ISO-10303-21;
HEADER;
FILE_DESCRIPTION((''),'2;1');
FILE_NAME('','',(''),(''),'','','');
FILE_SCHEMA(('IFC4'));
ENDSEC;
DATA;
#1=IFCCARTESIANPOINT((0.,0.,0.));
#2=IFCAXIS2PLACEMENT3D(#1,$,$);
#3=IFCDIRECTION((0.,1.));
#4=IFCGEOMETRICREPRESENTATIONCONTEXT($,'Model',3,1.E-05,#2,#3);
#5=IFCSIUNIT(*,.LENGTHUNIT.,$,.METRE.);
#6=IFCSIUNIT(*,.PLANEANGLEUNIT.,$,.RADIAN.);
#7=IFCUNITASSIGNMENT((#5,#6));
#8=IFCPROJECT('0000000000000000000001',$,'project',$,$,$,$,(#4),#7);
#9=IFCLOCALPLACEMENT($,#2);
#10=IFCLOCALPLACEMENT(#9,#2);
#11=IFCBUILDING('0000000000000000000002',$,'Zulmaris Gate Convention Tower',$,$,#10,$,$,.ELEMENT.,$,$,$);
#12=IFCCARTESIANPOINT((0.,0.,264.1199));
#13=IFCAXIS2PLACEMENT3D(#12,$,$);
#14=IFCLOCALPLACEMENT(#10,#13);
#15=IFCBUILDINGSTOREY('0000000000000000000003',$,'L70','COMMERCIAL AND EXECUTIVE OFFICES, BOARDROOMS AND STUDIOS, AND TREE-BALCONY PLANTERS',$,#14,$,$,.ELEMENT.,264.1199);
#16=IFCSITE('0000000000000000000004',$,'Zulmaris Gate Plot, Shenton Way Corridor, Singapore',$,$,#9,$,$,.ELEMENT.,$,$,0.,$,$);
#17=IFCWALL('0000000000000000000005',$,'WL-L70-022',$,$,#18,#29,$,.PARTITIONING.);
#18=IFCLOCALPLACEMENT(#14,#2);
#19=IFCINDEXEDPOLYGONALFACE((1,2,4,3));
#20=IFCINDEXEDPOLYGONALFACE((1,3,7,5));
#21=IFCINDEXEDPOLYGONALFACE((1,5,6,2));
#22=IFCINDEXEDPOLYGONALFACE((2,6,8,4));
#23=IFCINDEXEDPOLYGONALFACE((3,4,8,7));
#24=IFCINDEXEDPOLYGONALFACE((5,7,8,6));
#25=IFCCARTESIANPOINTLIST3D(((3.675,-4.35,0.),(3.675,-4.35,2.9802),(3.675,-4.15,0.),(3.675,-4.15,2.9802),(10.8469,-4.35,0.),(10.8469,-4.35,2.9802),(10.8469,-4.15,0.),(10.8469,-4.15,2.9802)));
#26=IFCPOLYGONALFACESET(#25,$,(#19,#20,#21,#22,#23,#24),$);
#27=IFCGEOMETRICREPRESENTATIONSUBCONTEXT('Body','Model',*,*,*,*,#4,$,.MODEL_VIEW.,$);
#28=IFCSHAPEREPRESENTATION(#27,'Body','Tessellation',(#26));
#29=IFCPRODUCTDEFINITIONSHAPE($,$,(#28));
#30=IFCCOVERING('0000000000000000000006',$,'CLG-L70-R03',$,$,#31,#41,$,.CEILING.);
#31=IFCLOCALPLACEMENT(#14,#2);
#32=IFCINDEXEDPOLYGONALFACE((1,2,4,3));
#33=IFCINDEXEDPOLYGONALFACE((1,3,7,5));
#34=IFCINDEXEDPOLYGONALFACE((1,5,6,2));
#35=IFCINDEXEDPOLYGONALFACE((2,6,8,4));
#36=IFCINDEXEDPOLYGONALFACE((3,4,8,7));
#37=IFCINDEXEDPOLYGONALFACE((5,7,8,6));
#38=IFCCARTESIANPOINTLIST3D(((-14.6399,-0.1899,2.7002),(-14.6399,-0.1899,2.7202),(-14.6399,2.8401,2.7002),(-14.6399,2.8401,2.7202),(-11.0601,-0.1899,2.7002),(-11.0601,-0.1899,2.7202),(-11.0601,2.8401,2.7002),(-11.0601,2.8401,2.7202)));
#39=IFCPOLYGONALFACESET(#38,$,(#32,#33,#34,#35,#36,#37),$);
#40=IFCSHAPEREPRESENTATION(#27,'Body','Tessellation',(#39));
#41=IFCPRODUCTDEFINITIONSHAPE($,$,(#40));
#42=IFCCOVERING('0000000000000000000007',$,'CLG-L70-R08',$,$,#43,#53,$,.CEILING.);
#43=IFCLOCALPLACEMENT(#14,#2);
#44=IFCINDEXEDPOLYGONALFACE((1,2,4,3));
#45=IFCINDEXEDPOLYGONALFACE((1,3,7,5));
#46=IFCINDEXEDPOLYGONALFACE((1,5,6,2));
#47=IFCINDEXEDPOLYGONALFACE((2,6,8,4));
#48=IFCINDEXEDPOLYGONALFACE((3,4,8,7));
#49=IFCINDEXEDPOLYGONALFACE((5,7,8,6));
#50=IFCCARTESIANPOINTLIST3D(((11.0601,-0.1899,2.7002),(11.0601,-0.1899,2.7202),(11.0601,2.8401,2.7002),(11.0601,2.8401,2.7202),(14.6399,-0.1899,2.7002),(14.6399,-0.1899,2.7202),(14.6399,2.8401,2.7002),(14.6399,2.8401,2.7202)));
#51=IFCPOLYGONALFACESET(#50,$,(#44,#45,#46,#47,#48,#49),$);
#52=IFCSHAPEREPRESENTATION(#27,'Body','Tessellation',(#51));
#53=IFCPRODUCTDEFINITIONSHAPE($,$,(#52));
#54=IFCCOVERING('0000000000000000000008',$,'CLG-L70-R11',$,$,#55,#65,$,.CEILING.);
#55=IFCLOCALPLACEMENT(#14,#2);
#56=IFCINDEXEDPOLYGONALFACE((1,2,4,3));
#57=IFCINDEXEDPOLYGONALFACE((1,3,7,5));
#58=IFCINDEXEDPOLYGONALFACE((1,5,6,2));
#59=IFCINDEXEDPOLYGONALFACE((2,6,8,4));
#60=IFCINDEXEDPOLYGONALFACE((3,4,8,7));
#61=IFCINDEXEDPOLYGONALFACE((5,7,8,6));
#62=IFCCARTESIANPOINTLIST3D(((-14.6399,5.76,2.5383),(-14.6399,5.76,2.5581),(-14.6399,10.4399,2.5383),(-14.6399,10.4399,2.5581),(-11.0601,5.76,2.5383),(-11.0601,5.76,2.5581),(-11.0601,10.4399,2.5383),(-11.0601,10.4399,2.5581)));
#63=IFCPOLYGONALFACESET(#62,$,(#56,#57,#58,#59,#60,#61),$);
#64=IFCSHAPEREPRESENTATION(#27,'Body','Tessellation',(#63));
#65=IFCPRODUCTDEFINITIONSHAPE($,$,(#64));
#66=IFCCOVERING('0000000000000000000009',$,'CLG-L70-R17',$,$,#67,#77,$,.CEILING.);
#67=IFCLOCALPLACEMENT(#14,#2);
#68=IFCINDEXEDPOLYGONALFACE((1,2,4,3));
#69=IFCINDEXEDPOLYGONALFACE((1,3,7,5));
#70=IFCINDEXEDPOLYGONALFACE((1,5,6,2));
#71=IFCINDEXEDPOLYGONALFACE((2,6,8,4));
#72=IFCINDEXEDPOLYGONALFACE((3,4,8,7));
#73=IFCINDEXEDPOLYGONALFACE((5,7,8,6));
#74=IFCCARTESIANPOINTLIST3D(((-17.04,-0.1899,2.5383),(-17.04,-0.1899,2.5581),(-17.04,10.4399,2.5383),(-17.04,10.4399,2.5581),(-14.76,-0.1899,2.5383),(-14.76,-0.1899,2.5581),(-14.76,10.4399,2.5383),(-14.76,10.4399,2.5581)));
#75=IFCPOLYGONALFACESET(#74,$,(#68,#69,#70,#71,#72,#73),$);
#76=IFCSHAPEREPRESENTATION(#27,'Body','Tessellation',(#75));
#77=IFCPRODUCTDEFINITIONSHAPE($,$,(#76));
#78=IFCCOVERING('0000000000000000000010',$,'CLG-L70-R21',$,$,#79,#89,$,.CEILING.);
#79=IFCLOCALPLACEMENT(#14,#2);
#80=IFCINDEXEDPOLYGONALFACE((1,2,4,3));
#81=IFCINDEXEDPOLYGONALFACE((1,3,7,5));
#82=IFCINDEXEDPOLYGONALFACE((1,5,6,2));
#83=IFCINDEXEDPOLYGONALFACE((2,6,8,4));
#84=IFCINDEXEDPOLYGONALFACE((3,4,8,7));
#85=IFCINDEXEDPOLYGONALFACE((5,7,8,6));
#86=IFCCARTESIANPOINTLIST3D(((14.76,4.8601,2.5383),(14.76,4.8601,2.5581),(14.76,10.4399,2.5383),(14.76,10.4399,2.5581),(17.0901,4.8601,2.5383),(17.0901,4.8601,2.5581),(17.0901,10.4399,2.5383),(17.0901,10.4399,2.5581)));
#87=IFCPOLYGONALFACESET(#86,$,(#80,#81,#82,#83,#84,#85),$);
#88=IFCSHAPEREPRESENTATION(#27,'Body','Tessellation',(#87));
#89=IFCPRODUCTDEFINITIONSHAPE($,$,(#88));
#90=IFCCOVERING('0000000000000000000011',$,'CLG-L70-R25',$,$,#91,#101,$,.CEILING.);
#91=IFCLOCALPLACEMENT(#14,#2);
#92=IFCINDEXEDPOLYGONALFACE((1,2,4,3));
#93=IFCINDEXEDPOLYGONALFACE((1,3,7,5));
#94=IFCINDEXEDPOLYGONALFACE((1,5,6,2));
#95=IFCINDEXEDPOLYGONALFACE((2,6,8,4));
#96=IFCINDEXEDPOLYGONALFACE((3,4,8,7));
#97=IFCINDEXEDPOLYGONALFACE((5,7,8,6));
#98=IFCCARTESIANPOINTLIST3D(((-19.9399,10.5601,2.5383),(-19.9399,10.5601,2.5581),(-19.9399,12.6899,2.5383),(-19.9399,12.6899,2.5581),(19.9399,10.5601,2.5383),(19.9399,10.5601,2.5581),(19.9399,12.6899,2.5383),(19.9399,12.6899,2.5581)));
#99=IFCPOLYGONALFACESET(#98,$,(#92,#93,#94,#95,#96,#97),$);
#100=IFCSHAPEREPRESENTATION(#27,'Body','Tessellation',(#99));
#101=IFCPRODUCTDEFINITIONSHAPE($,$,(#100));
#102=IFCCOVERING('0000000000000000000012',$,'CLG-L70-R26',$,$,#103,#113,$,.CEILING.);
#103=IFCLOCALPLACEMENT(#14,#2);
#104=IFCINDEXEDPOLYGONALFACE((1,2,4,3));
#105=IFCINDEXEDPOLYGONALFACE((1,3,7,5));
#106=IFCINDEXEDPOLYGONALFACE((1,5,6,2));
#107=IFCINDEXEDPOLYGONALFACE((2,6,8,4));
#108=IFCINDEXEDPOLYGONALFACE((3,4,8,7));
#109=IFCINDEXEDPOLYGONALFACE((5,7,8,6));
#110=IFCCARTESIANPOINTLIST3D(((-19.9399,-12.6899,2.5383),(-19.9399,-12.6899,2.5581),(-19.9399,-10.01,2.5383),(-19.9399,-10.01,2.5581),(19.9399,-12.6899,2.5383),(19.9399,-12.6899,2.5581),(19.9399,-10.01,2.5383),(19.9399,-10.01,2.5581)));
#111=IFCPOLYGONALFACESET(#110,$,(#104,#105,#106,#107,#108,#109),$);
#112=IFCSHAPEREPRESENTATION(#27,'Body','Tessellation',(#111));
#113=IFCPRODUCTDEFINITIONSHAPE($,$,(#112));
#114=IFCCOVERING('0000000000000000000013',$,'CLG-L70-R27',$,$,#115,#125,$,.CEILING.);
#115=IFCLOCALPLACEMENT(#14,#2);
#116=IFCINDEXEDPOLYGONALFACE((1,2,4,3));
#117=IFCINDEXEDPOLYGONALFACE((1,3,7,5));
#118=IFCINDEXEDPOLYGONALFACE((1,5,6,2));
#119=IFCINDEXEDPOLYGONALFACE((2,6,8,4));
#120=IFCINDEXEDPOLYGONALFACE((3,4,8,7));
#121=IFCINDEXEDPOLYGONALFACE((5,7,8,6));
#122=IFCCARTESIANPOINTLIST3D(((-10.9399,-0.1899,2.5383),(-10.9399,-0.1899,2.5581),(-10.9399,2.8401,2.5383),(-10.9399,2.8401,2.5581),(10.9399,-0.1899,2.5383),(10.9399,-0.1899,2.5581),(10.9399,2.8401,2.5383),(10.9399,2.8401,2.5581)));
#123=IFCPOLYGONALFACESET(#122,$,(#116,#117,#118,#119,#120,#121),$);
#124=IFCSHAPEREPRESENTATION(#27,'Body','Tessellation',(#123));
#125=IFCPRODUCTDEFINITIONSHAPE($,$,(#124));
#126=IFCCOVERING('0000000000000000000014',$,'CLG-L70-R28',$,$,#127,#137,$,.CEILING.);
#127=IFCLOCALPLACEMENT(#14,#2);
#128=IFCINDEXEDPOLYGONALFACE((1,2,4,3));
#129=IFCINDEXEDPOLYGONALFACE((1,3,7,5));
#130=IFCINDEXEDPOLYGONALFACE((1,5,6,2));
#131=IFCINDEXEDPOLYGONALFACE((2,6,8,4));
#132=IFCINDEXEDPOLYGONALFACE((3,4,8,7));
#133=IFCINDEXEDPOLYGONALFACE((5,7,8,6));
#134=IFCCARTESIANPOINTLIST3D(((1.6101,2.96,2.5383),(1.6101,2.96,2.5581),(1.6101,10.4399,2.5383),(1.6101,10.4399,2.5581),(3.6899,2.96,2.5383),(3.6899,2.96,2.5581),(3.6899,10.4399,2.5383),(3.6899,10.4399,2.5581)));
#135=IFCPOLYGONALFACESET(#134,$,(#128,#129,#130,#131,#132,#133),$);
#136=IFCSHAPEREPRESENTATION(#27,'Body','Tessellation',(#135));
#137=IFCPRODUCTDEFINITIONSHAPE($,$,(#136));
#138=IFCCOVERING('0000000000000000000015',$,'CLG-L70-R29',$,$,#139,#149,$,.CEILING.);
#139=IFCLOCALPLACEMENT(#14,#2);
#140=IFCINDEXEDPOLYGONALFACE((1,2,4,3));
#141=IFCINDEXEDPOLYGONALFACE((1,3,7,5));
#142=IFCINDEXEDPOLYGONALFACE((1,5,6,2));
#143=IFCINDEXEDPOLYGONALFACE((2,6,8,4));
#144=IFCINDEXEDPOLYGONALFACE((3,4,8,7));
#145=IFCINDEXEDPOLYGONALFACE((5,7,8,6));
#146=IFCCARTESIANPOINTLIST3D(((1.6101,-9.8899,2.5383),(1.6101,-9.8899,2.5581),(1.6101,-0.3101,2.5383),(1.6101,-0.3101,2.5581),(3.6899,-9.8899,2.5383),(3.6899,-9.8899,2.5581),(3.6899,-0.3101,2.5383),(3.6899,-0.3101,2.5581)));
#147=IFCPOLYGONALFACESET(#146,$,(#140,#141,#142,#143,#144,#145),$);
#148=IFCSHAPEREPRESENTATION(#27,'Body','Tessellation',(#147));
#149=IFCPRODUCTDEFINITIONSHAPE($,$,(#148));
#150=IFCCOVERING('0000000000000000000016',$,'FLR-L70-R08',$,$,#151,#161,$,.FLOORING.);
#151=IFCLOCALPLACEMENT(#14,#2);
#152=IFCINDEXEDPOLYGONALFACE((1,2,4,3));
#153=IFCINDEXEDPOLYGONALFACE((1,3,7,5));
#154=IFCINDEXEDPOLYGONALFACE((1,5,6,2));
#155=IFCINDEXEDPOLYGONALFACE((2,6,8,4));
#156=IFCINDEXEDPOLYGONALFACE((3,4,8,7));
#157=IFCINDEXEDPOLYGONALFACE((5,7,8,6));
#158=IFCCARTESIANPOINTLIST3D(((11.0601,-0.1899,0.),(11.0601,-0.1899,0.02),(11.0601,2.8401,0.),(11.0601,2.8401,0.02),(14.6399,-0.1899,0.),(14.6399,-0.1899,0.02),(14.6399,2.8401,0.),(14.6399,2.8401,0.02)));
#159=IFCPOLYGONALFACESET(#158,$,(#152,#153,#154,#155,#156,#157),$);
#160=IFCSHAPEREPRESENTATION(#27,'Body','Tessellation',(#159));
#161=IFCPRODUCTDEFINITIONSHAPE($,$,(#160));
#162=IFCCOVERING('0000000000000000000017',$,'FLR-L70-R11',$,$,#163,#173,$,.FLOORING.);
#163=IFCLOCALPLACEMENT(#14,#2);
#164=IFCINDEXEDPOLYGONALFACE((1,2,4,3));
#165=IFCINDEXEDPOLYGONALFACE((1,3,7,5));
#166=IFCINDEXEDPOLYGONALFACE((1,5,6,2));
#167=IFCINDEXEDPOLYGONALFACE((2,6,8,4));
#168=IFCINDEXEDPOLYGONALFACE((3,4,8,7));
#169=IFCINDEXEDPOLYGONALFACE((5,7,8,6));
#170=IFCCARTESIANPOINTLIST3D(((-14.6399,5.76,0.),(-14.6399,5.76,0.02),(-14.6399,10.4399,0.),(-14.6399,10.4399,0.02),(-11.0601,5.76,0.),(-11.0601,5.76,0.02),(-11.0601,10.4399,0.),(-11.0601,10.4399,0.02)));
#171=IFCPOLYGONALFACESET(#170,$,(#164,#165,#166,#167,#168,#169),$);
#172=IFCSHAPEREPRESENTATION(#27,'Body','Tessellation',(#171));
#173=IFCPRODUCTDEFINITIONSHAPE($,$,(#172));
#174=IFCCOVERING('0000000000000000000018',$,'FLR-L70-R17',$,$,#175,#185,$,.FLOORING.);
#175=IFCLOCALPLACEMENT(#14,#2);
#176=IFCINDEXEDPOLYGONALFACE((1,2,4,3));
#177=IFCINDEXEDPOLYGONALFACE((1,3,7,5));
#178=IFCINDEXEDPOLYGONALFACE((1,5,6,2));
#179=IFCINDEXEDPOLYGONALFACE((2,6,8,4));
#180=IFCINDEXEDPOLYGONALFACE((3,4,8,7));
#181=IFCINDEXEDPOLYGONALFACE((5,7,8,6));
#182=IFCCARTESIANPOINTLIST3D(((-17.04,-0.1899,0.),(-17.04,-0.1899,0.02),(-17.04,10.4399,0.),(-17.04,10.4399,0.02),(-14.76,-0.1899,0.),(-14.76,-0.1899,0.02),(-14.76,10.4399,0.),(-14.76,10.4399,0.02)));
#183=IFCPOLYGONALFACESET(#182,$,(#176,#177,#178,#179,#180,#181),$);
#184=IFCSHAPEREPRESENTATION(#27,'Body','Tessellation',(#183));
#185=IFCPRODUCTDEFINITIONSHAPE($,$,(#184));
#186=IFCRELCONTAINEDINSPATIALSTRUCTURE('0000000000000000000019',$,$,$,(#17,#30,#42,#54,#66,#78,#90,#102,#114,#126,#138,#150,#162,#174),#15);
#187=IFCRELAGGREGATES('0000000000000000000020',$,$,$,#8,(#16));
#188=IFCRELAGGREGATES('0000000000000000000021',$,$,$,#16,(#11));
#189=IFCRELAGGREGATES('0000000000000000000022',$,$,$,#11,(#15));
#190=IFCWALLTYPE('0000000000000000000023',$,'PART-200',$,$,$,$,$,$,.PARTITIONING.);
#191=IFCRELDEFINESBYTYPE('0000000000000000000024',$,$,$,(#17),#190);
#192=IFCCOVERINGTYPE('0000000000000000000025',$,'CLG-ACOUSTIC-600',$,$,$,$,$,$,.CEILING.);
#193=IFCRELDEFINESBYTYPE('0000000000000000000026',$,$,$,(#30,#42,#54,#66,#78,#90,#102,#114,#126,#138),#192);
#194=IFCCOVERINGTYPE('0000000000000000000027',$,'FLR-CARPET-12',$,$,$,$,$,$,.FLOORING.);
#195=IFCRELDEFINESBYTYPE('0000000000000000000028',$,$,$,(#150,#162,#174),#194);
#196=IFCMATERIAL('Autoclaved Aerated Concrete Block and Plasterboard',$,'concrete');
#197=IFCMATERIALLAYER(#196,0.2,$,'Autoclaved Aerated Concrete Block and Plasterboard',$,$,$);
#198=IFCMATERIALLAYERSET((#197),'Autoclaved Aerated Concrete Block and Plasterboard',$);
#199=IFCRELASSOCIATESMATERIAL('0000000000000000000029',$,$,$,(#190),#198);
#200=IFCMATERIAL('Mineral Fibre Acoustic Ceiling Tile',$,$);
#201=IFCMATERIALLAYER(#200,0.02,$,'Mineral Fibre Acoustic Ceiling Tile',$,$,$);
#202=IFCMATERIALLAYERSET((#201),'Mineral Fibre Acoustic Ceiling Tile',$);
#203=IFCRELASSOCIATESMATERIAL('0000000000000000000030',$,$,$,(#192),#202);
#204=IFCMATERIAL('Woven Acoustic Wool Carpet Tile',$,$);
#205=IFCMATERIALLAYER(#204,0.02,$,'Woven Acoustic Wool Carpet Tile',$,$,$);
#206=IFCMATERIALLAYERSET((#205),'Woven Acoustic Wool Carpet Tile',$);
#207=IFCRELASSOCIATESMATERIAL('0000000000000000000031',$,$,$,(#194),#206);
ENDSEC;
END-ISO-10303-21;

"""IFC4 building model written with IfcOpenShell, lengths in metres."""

from ifc_helpers import new_model, si_unit, direction, frame, frame_2d, origin, place, context, subcontext, project, spatial, polyline, rectangle, outline, extrude, material, layer, layer_set, type_object, element, save


model = new_model("IFC4")

# Units and contexts
model_context = context("Model", 3, precision=1e-05, world=origin(), true_north=direction((0.0, 1.0)))
body_context = subcontext(model_context, "Body", "Model", "MODEL_VIEW")
ifc_project = project(units=[si_unit("LENGTHUNIT", "METRE"), si_unit("PLANEANGLEUNIT", "RADIAN")], contexts=[model_context])

# Site, building, storey
site_placement = place(None, origin())
site = spatial("IfcSite", under=ifc_project, at=site_placement, Name="Zulmaris Gate Plot, Shenton Way Corridor, Singapore", CompositionType="ELEMENT", RefElevation=0.0)
building_placement = place(site_placement, origin())
building = spatial("IfcBuilding", under=site, at=building_placement, Name="Zulmaris Gate Convention Tower", CompositionType="ELEMENT")
storey_placement = place(building_placement, frame((0.0, 0.0, 264.1199)))
storey = spatial("IfcBuildingStorey", under=building, at=storey_placement, Name="L70", Description="COMMERCIAL AND EXECUTIVE OFFICES, BOARDROOMS AND STUDIOS, AND TREE-BALCONY PLANTERS", CompositionType="ELEMENT", Elevation=264.1199)

# Wall
ifc_material_1 = material(Name="Autoclaved Aerated Concrete Block and Plasterboard", Category="concrete")
ifc_layer_1 = layer(ifc_material_1, 0.2, Name="Autoclaved Aerated Concrete Block and Plasterboard")
ifc_layer_set_1 = layer_set([ifc_layer_1], Name="Autoclaved Aerated Concrete Block and Plasterboard")
wall_type = type_object("IfcWallType", Name="PART-200", PredefinedType="PARTITIONING", material=ifc_layer_set_1)
wall_placement = place(storey_placement, frame((3.675, -4.25, 0.0), z_axis=(0.0, 0.0, 1.0), x_axis=(1.0, 0.0, 0.0)))
element("IfcWall", 1, at=wall_placement, inside=storey, type_object=wall_type, Name="WL-L70-022", PredefinedType="PARTITIONING", context=body_context, shape_type="SweptSolid", body=[
    extrude(rectangle(XDim=7.1719, YDim=0.2, at=frame_2d((3.5859, 0.0))), origin(), (0.0, 0.0, 1.0), 2.9802),
])

# Coverings
ifc_material_2 = material(Name="Mineral Fibre Acoustic Ceiling Tile")
ifc_layer_2 = layer(ifc_material_2, 0.02, Name="Mineral Fibre Acoustic Ceiling Tile")
ifc_layer_set_2 = layer_set([ifc_layer_2], Name="Mineral Fibre Acoustic Ceiling Tile")
covering_type_1 = type_object("IfcCoveringType", Name="CLG-ACOUSTIC-600", PredefinedType="CEILING", material=ifc_layer_set_2)
covering_1_placement = place(storey_placement, frame((0.0, 0.0, 2.7002)))
element("IfcCovering", 2, at=covering_1_placement, inside=storey, type_object=covering_type_1, Name="CLG-L70-R03", PredefinedType="CEILING", context=body_context, shape_type="SweptSolid", body=[
    extrude(outline(polyline([(-14.6399, -0.1899), (-11.0601, -0.1899), (-11.0601, 2.8401), (-14.6399, 2.8401), (-14.6399, -0.1899)])), origin(), (0.0, 0.0, 1.0), 0.02),
])
covering_2_placement = place(storey_placement, frame((0.0, 0.0, 2.7002)))
element("IfcCovering", 3, at=covering_2_placement, inside=storey, type_object=covering_type_1, Name="CLG-L70-R08", PredefinedType="CEILING", context=body_context, shape_type="SweptSolid", body=[
    extrude(outline(polyline([(11.0601, -0.1899), (14.6399, -0.1899), (14.6399, 2.8401), (11.0601, 2.8401), (11.0601, -0.1899)])), origin(), (0.0, 0.0, 1.0), 0.02),
])
covering_3_placement = place(storey_placement, frame((0.0, 0.0, 2.5383)))
element("IfcCovering", 4, at=covering_3_placement, inside=storey, type_object=covering_type_1, Name="CLG-L70-R11", PredefinedType="CEILING", context=body_context, shape_type="SweptSolid", body=[
    extrude(outline(polyline([(-14.6399, 5.76), (-11.0601, 5.76), (-11.0601, 10.4399), (-14.6399, 10.4399), (-14.6399, 5.76)])), origin(), (0.0, 0.0, 1.0), 0.0198),
])
covering_4_placement = place(storey_placement, frame((0.0, 0.0, 2.5383)))
element("IfcCovering", 5, at=covering_4_placement, inside=storey, type_object=covering_type_1, Name="CLG-L70-R17", PredefinedType="CEILING", context=body_context, shape_type="SweptSolid", body=[
    extrude(outline(polyline([(-17.04, -0.1899), (-14.76, -0.1899), (-14.76, 10.4399), (-17.04, 10.4399), (-17.04, -0.1899)])), origin(), (0.0, 0.0, 1.0), 0.0198),
])
covering_5_placement = place(storey_placement, frame((0.0, 0.0, 2.5383)))
element("IfcCovering", 6, at=covering_5_placement, inside=storey, type_object=covering_type_1, Name="CLG-L70-R21", PredefinedType="CEILING", context=body_context, shape_type="SweptSolid", body=[
    extrude(outline(polyline([(14.76, 4.8601), (17.0901, 4.8601), (17.0901, 10.4399), (14.76, 10.4399), (14.76, 4.8601)])), origin(), (0.0, 0.0, 1.0), 0.0198),
])
covering_6_placement = place(storey_placement, frame((0.0, 0.0, 2.5383)))
element("IfcCovering", 7, at=covering_6_placement, inside=storey, type_object=covering_type_1, Name="CLG-L70-R25", PredefinedType="CEILING", context=body_context, shape_type="SweptSolid", body=[
    extrude(outline(polyline([(-19.9399, 10.5601), (19.9399, 10.5601), (19.9399, 12.6899), (-19.9399, 12.6899), (-19.9399, 10.5601)])), origin(), (0.0, 0.0, 1.0), 0.0198),
])
covering_7_placement = place(storey_placement, frame((0.0, 0.0, 2.5383)))
element("IfcCovering", 8, at=covering_7_placement, inside=storey, type_object=covering_type_1, Name="CLG-L70-R26", PredefinedType="CEILING", context=body_context, shape_type="SweptSolid", body=[
    extrude(outline(polyline([(-19.9399, -12.6899), (19.9399, -12.6899), (19.9399, -10.01), (-19.9399, -10.01), (-19.9399, -12.6899)])), origin(), (0.0, 0.0, 1.0), 0.0198),
])
covering_8_placement = place(storey_placement, frame((0.0, 0.0, 2.5383)))
element("IfcCovering", 9, at=covering_8_placement, inside=storey, type_object=covering_type_1, Name="CLG-L70-R27", PredefinedType="CEILING", context=body_context, shape_type="SweptSolid", body=[
    extrude(outline(polyline([(-10.9399, -0.1899), (10.9399, -0.1899), (10.9399, 2.8401), (-10.9399, 2.8401), (-10.9399, -0.1899)])), origin(), (0.0, 0.0, 1.0), 0.0198),
])
covering_9_placement = place(storey_placement, frame((0.0, 0.0, 2.5383)))
element("IfcCovering", 10, at=covering_9_placement, inside=storey, type_object=covering_type_1, Name="CLG-L70-R28", PredefinedType="CEILING", context=body_context, shape_type="SweptSolid", body=[
    extrude(outline(polyline([(1.6101, 2.96), (3.6899, 2.96), (3.6899, 10.4399), (1.6101, 10.4399), (1.6101, 2.96)])), origin(), (0.0, 0.0, 1.0), 0.0198),
])
covering_10_placement = place(storey_placement, frame((0.0, 0.0, 2.5383)))
element("IfcCovering", 11, at=covering_10_placement, inside=storey, type_object=covering_type_1, Name="CLG-L70-R29", PredefinedType="CEILING", context=body_context, shape_type="SweptSolid", body=[
    extrude(outline(polyline([(1.6101, -9.8899), (3.6899, -9.8899), (3.6899, -0.3101), (1.6101, -0.3101), (1.6101, -9.8899)])), origin(), (0.0, 0.0, 1.0), 0.0198),
])
ifc_material_3 = material(Name="Woven Acoustic Wool Carpet Tile")
ifc_layer_3 = layer(ifc_material_3, 0.02, Name="Woven Acoustic Wool Carpet Tile")
ifc_layer_set_3 = layer_set([ifc_layer_3], Name="Woven Acoustic Wool Carpet Tile")
covering_type_2 = type_object("IfcCoveringType", Name="FLR-CARPET-12", PredefinedType="FLOORING", material=ifc_layer_set_3)
covering_11_placement = place(storey_placement, origin())
element("IfcCovering", 12, at=covering_11_placement, inside=storey, type_object=covering_type_2, Name="FLR-L70-R08", PredefinedType="FLOORING", context=body_context, shape_type="SweptSolid", body=[
    extrude(outline(polyline([(11.0601, -0.1899), (14.6399, -0.1899), (14.6399, 2.8401), (11.0601, 2.8401), (11.0601, -0.1899)])), origin(), (0.0, 0.0, 1.0), 0.02),
])
covering_12_placement = place(storey_placement, origin())
element("IfcCovering", 13, at=covering_12_placement, inside=storey, type_object=covering_type_2, Name="FLR-L70-R11", PredefinedType="FLOORING", context=body_context, shape_type="SweptSolid", body=[
    extrude(outline(polyline([(-14.6399, 5.76), (-11.0601, 5.76), (-11.0601, 10.4399), (-14.6399, 10.4399), (-14.6399, 5.76)])), origin(), (0.0, 0.0, 1.0), 0.02),
])
covering_13_placement = place(storey_placement, origin())
element("IfcCovering", 14, at=covering_13_placement, inside=storey, type_object=covering_type_2, Name="FLR-L70-R17", PredefinedType="FLOORING", context=body_context, shape_type="SweptSolid", body=[
    extrude(outline(polyline([(-17.04, -0.1899), (-14.76, -0.1899), (-14.76, 10.4399), (-17.04, 10.4399), (-17.04, -0.1899)])), origin(), (0.0, 0.0, 1.0), 0.02),
])

save(model, "model.ifc")
